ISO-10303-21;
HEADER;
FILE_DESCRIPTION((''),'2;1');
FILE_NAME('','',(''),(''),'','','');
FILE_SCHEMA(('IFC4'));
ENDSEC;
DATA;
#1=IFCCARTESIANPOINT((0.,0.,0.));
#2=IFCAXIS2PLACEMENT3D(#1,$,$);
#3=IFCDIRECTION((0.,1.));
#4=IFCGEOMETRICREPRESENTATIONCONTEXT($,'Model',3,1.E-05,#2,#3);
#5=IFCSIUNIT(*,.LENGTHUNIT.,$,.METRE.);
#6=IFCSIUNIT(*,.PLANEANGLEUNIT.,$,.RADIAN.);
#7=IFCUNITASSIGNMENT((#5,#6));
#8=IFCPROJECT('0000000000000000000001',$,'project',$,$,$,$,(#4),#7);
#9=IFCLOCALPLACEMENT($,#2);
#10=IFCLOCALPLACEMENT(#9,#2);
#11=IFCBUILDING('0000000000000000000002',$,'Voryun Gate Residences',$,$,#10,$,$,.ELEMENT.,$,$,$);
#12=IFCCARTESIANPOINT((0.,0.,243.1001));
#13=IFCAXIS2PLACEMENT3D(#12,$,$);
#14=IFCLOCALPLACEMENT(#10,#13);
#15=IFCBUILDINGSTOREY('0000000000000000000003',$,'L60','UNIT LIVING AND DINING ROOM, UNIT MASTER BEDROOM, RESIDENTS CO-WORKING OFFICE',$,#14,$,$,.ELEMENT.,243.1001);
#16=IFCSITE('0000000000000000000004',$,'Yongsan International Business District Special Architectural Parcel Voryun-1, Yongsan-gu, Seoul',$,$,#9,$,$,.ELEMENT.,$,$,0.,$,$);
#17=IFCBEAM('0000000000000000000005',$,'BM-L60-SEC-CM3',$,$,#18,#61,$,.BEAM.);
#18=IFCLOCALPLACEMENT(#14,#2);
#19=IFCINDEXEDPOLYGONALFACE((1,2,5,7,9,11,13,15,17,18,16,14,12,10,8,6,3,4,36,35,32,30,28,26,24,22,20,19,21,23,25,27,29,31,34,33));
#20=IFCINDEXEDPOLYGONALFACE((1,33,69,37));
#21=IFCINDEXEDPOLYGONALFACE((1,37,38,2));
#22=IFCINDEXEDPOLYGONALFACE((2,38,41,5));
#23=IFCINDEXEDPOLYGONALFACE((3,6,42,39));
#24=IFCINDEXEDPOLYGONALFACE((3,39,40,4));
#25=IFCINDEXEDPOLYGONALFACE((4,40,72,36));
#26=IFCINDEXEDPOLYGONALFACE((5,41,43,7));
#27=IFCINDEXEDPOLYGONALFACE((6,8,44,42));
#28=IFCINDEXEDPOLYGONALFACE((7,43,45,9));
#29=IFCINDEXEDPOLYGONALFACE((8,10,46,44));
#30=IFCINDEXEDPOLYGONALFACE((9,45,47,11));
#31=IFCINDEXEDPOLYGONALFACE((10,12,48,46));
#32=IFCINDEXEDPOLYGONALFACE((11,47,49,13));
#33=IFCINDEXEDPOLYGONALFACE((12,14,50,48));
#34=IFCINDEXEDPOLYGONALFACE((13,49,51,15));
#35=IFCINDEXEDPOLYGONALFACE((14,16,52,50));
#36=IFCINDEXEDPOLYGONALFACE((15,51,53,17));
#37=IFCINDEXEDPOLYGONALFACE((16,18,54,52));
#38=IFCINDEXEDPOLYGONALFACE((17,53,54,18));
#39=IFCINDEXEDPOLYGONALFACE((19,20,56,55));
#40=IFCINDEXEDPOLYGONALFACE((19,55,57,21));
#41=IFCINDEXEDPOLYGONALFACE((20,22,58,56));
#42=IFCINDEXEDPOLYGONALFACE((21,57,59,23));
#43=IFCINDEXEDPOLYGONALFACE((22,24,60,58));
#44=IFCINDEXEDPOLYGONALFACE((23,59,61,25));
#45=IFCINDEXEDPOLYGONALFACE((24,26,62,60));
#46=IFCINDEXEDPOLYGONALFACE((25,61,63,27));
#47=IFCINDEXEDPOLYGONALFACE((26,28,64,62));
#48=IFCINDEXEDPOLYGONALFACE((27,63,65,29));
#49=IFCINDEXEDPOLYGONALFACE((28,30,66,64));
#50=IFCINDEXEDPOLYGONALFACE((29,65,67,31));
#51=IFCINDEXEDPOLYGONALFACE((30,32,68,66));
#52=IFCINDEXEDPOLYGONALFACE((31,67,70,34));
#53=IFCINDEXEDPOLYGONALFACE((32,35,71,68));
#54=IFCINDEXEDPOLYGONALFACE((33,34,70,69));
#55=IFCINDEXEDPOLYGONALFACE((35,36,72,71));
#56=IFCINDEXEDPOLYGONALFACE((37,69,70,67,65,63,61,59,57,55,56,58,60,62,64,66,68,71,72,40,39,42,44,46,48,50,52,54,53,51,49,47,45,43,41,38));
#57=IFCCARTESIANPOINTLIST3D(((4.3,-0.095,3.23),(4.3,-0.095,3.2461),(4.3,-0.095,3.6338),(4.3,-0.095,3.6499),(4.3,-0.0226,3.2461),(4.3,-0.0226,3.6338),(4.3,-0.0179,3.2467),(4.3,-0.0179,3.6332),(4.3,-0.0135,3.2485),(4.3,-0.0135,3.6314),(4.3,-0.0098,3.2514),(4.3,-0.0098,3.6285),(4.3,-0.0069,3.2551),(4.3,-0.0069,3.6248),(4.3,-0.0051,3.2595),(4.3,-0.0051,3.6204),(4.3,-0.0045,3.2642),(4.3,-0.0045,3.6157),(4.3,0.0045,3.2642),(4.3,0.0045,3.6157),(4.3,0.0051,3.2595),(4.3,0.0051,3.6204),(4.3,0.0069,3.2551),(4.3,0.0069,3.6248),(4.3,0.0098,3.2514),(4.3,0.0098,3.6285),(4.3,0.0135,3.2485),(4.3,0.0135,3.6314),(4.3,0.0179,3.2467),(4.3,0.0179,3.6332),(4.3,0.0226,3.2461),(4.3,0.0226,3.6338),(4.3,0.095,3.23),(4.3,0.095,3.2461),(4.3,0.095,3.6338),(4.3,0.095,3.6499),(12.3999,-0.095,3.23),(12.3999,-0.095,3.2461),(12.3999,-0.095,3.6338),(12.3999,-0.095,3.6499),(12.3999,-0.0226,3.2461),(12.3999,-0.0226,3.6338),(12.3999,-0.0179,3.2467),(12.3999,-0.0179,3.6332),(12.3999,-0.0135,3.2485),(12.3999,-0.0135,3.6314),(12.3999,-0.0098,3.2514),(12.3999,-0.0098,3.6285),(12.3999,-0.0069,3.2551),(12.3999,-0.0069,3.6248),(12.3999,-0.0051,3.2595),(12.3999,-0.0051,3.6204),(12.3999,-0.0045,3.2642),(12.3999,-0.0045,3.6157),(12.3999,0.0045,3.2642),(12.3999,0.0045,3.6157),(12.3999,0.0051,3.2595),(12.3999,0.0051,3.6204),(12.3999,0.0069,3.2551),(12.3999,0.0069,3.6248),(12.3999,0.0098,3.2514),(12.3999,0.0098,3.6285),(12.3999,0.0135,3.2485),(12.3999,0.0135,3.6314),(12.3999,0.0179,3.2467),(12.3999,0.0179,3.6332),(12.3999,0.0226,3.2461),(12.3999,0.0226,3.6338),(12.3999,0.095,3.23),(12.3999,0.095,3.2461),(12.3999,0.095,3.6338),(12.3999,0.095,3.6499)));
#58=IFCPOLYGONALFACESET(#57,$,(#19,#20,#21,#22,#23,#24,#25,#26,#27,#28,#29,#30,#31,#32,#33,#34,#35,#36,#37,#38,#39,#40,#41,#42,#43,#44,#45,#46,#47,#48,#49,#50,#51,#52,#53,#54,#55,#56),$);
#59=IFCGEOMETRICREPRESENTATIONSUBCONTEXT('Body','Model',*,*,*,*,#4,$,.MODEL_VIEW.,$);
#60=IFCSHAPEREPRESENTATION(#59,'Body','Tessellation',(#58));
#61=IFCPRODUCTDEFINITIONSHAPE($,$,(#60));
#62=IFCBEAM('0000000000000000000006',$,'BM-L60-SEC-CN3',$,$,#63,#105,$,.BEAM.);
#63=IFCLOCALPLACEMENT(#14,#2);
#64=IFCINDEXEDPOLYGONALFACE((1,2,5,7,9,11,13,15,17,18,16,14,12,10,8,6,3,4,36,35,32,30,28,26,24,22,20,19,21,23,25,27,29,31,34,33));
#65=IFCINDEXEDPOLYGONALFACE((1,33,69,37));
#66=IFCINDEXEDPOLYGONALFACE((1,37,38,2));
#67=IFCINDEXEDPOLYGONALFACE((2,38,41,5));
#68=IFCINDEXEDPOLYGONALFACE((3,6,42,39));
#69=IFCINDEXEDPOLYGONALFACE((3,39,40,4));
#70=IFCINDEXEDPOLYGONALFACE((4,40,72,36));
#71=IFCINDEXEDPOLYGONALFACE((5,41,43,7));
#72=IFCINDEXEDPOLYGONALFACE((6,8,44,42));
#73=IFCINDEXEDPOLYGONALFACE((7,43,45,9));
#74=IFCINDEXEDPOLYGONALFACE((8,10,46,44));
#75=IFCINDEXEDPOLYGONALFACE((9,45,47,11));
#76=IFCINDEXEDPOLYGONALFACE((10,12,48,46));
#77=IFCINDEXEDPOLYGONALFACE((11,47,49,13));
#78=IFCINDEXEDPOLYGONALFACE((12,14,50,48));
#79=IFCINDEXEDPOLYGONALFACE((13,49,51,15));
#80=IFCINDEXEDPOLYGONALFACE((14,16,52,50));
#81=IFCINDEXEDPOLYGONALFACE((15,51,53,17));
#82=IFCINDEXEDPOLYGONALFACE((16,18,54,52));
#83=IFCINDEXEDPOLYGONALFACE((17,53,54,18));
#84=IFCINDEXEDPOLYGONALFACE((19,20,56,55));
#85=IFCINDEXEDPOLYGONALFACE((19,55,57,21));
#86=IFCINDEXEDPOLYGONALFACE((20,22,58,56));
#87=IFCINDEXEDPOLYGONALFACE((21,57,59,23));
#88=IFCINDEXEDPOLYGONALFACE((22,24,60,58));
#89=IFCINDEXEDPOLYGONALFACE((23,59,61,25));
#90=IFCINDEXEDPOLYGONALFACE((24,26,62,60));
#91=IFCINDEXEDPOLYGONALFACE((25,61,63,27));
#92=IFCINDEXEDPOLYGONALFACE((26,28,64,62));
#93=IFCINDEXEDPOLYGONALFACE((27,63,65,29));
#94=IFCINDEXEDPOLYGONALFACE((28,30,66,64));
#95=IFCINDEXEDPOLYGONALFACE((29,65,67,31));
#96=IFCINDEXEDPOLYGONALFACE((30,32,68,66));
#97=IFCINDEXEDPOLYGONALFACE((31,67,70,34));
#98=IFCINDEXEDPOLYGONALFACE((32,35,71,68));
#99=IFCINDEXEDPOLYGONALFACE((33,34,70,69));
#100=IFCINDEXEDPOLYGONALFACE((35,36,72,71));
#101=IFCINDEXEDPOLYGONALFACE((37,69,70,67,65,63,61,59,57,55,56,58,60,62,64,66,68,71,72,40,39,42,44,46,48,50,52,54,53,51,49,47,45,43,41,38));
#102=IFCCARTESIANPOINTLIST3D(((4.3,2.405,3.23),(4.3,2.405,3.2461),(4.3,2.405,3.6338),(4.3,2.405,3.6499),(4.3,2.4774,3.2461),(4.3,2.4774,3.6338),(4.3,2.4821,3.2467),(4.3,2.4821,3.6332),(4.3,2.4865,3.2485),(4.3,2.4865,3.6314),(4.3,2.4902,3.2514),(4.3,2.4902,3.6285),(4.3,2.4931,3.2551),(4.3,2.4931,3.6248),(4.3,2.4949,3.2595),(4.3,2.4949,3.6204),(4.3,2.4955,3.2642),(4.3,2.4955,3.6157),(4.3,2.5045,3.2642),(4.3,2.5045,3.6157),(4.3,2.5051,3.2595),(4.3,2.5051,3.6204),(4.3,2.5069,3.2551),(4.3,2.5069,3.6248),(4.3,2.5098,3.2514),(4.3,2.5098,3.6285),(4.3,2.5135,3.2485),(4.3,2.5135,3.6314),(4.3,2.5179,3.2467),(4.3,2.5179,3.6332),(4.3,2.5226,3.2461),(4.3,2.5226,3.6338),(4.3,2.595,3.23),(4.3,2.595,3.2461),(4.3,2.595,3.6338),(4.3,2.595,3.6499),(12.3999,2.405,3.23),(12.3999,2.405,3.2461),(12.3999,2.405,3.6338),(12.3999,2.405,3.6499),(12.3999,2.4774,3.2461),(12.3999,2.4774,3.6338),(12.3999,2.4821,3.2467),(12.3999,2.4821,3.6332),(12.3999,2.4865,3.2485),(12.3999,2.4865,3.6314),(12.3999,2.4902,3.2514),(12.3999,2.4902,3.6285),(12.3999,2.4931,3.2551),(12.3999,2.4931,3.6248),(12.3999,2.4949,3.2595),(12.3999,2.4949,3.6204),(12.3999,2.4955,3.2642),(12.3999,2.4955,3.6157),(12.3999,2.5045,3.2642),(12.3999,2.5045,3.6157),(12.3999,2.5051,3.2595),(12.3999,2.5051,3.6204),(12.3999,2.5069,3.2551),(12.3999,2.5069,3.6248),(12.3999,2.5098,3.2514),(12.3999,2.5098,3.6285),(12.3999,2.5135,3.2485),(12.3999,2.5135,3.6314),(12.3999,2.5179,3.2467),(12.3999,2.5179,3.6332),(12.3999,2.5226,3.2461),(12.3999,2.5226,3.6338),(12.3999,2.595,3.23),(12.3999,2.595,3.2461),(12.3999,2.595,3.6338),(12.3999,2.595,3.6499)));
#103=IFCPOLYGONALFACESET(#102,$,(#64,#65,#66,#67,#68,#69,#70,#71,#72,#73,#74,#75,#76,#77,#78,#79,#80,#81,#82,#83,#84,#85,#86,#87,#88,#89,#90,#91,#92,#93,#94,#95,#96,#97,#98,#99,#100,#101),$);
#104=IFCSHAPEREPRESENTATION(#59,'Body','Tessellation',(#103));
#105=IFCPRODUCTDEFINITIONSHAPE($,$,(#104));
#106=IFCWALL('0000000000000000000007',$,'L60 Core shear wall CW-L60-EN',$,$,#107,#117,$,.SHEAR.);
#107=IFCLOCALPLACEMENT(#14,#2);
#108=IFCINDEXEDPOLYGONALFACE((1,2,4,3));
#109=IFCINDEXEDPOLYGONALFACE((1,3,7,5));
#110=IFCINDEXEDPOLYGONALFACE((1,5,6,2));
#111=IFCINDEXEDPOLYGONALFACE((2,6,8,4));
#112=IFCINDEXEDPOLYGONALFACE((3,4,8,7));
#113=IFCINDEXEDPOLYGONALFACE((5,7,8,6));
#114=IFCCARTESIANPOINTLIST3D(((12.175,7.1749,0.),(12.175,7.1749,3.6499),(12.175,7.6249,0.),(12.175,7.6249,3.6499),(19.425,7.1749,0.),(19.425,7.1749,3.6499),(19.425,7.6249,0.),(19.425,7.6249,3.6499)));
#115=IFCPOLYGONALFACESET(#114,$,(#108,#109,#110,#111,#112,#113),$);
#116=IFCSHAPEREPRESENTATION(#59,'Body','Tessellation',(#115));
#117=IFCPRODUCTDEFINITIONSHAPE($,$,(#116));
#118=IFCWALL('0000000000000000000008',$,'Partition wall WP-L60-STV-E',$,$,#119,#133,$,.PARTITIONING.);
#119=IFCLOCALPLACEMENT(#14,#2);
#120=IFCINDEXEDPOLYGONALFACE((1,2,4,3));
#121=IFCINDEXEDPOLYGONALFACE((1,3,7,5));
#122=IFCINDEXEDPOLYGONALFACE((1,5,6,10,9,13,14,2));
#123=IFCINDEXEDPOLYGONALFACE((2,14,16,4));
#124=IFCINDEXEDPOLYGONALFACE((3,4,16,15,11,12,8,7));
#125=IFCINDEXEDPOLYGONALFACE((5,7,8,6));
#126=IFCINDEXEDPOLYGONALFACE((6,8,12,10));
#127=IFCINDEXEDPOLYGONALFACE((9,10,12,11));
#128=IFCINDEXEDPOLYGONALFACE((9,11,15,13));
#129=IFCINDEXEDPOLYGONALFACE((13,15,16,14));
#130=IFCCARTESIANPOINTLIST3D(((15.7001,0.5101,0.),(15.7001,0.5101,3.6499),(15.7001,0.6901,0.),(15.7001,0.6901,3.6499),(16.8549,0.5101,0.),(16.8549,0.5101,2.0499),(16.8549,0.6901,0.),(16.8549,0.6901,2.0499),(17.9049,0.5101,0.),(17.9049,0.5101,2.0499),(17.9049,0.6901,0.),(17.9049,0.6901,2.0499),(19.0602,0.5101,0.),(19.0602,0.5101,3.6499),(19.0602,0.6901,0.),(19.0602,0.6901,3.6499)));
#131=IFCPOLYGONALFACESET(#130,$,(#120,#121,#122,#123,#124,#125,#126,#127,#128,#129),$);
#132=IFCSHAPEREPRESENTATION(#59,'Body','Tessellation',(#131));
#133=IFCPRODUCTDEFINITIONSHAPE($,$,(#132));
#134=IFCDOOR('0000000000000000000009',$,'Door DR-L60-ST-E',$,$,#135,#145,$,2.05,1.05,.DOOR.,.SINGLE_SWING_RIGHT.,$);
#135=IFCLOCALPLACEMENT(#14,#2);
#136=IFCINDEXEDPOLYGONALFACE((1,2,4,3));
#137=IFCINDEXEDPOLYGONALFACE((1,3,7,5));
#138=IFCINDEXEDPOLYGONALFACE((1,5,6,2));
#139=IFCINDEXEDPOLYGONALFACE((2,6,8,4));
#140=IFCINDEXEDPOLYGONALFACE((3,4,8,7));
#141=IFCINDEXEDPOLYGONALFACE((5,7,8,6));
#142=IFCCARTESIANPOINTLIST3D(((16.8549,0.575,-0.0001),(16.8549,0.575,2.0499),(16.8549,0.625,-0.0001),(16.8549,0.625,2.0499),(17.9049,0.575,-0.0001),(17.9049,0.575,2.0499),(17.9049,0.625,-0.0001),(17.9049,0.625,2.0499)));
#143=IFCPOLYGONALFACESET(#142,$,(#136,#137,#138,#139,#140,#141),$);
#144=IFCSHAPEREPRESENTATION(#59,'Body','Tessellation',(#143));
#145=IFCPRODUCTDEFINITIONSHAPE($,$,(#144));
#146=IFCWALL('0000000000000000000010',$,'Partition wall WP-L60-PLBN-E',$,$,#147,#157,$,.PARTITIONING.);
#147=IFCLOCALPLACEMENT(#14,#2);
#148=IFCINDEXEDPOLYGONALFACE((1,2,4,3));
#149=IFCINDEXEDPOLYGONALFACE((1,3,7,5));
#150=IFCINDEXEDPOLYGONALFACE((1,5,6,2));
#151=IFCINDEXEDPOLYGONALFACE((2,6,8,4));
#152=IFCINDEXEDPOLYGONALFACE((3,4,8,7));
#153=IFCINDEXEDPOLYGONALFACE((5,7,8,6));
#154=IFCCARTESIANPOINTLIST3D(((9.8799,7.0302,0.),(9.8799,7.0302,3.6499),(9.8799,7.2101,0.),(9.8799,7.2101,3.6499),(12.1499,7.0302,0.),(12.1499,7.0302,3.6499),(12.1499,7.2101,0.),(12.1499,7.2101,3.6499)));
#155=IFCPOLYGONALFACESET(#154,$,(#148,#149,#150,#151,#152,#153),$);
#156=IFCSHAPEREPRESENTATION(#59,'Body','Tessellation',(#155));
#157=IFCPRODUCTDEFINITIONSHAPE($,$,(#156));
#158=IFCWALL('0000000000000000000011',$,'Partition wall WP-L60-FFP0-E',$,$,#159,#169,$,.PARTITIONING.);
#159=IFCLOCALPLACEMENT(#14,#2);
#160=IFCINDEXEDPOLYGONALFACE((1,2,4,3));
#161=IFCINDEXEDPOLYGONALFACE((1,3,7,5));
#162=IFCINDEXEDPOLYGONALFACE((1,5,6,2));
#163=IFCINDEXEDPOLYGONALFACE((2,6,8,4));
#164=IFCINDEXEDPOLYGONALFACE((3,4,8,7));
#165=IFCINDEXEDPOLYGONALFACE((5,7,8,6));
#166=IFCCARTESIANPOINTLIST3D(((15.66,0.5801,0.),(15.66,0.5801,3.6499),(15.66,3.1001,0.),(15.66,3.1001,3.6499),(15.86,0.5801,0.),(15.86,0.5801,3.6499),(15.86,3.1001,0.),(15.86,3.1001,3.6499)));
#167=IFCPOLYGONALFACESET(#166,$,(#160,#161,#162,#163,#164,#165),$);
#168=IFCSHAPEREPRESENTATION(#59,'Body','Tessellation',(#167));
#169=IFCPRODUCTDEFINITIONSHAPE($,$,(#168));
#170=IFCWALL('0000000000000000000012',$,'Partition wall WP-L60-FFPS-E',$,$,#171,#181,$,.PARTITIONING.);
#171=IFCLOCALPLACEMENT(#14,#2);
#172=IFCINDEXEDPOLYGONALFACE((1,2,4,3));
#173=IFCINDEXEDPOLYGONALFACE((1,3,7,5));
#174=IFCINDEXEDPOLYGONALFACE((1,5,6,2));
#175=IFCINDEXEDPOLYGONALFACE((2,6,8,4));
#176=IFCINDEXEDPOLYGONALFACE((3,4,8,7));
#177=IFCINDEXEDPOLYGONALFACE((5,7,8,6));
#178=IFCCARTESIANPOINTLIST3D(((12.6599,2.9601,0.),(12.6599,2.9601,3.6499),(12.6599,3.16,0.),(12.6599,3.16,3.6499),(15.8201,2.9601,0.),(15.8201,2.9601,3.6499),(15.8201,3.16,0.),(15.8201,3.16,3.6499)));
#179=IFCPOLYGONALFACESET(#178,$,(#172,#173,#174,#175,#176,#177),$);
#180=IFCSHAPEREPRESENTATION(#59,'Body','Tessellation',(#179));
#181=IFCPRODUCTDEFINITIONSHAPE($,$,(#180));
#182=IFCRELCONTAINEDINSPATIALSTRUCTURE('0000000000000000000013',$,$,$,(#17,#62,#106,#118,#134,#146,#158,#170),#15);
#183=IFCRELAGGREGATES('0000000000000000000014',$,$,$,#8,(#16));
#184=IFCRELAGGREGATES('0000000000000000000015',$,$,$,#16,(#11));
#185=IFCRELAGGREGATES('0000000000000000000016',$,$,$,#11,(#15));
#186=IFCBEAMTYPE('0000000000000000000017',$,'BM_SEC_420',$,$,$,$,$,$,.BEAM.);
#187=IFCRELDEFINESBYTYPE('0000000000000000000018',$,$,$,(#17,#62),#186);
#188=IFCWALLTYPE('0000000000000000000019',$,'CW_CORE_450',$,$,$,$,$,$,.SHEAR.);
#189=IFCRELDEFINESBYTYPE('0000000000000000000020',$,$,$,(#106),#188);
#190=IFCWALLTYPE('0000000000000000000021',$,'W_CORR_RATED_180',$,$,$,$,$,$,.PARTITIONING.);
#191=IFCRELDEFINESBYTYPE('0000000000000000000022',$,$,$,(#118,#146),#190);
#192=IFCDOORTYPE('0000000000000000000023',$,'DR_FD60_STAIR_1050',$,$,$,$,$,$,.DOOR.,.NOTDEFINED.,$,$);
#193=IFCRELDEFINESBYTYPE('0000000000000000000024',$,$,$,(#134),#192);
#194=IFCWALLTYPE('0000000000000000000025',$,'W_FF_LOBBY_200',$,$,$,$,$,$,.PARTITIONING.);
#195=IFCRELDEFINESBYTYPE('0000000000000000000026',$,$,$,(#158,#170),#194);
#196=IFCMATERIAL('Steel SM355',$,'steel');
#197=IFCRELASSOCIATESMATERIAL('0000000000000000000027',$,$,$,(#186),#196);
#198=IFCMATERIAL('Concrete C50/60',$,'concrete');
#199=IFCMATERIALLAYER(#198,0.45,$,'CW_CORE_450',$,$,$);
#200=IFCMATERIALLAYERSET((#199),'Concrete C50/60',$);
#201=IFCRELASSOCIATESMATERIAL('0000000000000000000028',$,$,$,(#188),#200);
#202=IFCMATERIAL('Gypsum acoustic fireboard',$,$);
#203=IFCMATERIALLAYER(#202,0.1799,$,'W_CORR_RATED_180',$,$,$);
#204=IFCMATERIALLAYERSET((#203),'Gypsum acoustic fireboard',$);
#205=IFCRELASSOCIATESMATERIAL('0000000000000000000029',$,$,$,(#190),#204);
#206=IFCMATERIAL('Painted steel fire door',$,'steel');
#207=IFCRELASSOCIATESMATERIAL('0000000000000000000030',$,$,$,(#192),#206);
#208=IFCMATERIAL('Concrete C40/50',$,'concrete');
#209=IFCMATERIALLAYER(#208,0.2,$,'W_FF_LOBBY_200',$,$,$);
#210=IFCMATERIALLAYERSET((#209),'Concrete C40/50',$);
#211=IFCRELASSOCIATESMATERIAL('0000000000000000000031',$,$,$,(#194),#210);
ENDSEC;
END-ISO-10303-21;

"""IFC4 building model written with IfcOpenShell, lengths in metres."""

from ifc_helpers import new_model, si_unit, direction, frame, frame_2d, origin, origin_2d, place, context, subcontext, project, spatial, rectangle, i_section, extrude, material, layer, layer_set, material_profile, profile_set, type_object, element, fill, save


model = new_model("IFC4")

# Units and contexts
model_context = context("Model", 3, precision=1e-05, world=origin(), true_north=direction((0.0, 1.0)))
body_context = subcontext(model_context, "Body", "Model", "MODEL_VIEW")
ifc_project = project(units=[si_unit("LENGTHUNIT", "METRE"), si_unit("PLANEANGLEUNIT", "RADIAN")], contexts=[model_context])

# Site, building, storey
site_placement = place(None, origin())
site = spatial("IfcSite", under=ifc_project, at=site_placement, Name="Yongsan International Business District Special Architectural Parcel Voryun-1, Yongsan-gu, Seoul", CompositionType="ELEMENT", RefElevation=0.0)
building_placement = place(site_placement, origin())
building = spatial("IfcBuilding", under=site, at=building_placement, Name="Voryun Gate Residences", CompositionType="ELEMENT")
storey_placement = place(building_placement, frame((0.0, 0.0, 243.1001)))
storey = spatial("IfcBuildingStorey", under=building, at=storey_placement, Name="L60", Description="UNIT LIVING AND DINING ROOM, UNIT MASTER BEDROOM, RESIDENTS CO-WORKING OFFICE", CompositionType="ELEMENT", Elevation=243.1001)

# Beams
ifc_material_1 = material(Name="Steel SM355", Category="steel")
ifc_material_profile_1 = material_profile(ifc_material_1, i_section(OverallWidth=0.1899, OverallDepth=0.4199, WebThickness=0.009, FlangeThickness=0.0161, FilletRadius=0.0181, at=origin_2d()), Name="H-420x190x9x16")
ifc_profile_set_1 = profile_set([ifc_material_profile_1], Name="Steel SM355")
beam_type_1 = type_object("IfcBeamType", Name="BM_SEC_420", PredefinedType="BEAM", material=ifc_profile_set_1)
for number, where, z_axis, x_axis, name in (
    (1, (4.3, 0.0, 3.4399), (1.0, 0.0, 0.0), (0.0, 1.0, 0.0), "BM-L60-SEC-CM3"),
    (2, (4.3, 2.5, 3.4399), (1.0, 0.0, 0.0), (0.0, 1.0, 0.0), "BM-L60-SEC-CN3"),
):
    element("IfcBeam", number, at=place(storey_placement, frame(where, z_axis=z_axis, x_axis=x_axis)), inside=storey, type_object=beam_type_1, Name=name, PredefinedType="BEAM", context=body_context, shape_type="SweptSolid", body=[
        extrude(i_section(OverallWidth=0.1899, OverallDepth=0.4199, WebThickness=0.009, FlangeThickness=0.0161, FilletRadius=0.0181, at=origin_2d()), origin(), (0.0, 0.0, 1.0), 8.0999),
    ])

# Wall
ifc_material_2 = material(Name="Concrete C50/60", Category="concrete")
ifc_layer_1 = layer(ifc_material_2, 0.45, Name="CW_CORE_450")
ifc_layer_set_1 = layer_set([ifc_layer_1], Name="Concrete C50/60")
wall_type_1 = type_object("IfcWallType", Name="CW_CORE_450", PredefinedType="SHEAR", material=ifc_layer_set_1)
wall_1_placement = place(storey_placement, frame((12.175, 7.3999, 0.0), z_axis=(0.0, 0.0, 1.0), x_axis=(1.0, 0.0, 0.0)))
element("IfcWall", 3, at=wall_1_placement, inside=storey, type_object=wall_type_1, Name="L60 Core shear wall CW-L60-EN", PredefinedType="SHEAR", context=body_context, shape_type="SweptSolid", body=[
    extrude(rectangle(XDim=7.25, YDim=0.45, at=frame_2d((3.625, 0.0))), origin(), (0.0, 0.0, 1.0), 3.6499),
])

# Wall, opening, door
ifc_material_3 = material(Name="Gypsum acoustic fireboard")
ifc_layer_2 = layer(ifc_material_3, 0.1799, Name="W_CORR_RATED_180")
ifc_layer_set_2 = layer_set([ifc_layer_2], Name="Gypsum acoustic fireboard")
wall_type_2 = type_object("IfcWallType", Name="W_CORR_RATED_180", PredefinedType="PARTITIONING", material=ifc_layer_set_2)
wall_2_placement = place(storey_placement, frame((15.7, 0.6001, 0.0), z_axis=(0.0, 0.0, 1.0), x_axis=(1.0, 0.0, 0.0)))
wall_2 = element("IfcWall", 4, at=wall_2_placement, inside=storey, type_object=wall_type_2, Name="Partition wall WP-L60-STV-E", PredefinedType="PARTITIONING", context=body_context, shape_type="SweptSolid", body=[
    extrude(rectangle(XDim=3.3601, YDim=0.1799, at=frame_2d((1.6802, 0.0))), origin(), (0.0, 0.0, 1.0), 3.6499),
])
opening_placement = place(wall_2_placement, frame((1.155, 0.0, 0.0)))
opening = element("IfcOpeningElement", 5, at=opening_placement, cuts=wall_2, PredefinedType="OPENING", context=body_context, shape_type="SweptSolid", body=[
    extrude(rectangle(XDim=1.05, YDim=2.05, at=frame_2d((0.5249, 1.0249))), frame((0.0, 0.0999, 0.0), z_axis=(0.0, -1.0, 0.0), x_axis=(1.0, 0.0, 0.0)), (0.0, 0.0, 1.0), 0.2),
])
ifc_material_4 = material(Name="Painted steel fire door", Category="steel")
door_type = type_object("IfcDoorType", Name="DR_FD60_STAIR_1050", OperationType="NOTDEFINED", PredefinedType="DOOR", material=ifc_material_4)
door_placement = place(opening_placement, origin())
door = element("IfcDoor", 6, at=door_placement, inside=storey, type_object=door_type, Name="Door DR-L60-ST-E", OperationType="SINGLE_SWING_RIGHT", OverallHeight=2.05, OverallWidth=1.05, PredefinedType="DOOR", context=body_context, shape_type="SweptSolid", body=[
    extrude(rectangle(XDim=1.05, YDim=2.05, at=frame_2d((0.5249, 1.0249))), frame((0.0, 0.0249, 0.0), z_axis=(0.0, -1.0, 0.0), x_axis=(1.0, 0.0, 0.0)), (0.0, 0.0, 1.0), 0.05),
])
fill(opening, door)

# Walls
wall_3_placement = place(storey_placement, frame((9.8799, 7.1201, 0.0), z_axis=(0.0, 0.0, 1.0), x_axis=(1.0, 0.0, 0.0)))
element("IfcWall", 7, at=wall_3_placement, inside=storey, type_object=wall_type_2, Name="Partition wall WP-L60-PLBN-E", PredefinedType="PARTITIONING", context=body_context, shape_type="SweptSolid", body=[
    extrude(rectangle(XDim=2.27, YDim=0.1799, at=frame_2d((1.135, 0.0))), origin(), (0.0, 0.0, 1.0), 3.6499),
])
ifc_material_5 = material(Name="Concrete C40/50", Category="concrete")
ifc_layer_3 = layer(ifc_material_5, 0.2, Name="W_FF_LOBBY_200")
ifc_layer_set_3 = layer_set([ifc_layer_3], Name="Concrete C40/50")
wall_type_3 = type_object("IfcWallType", Name="W_FF_LOBBY_200", PredefinedType="PARTITIONING", material=ifc_layer_set_3)
wall_4_placement = place(storey_placement, frame((15.76, 0.5801, 0.0), z_axis=(0.0, 0.0, 1.0), x_axis=(0.0, 1.0, 0.0)))
element("IfcWall", 8, at=wall_4_placement, inside=storey, type_object=wall_type_3, Name="Partition wall WP-L60-FFP0-E", PredefinedType="PARTITIONING", context=body_context, shape_type="SweptSolid", body=[
    extrude(rectangle(XDim=2.52, YDim=0.2, at=frame_2d((1.26, 0.0))), origin(), (0.0, 0.0, 1.0), 3.6499),
])
wall_5_placement = place(storey_placement, frame((12.6599, 3.0601, 0.0), z_axis=(0.0, 0.0, 1.0), x_axis=(1.0, 0.0, 0.0)))
element("IfcWall", 9, at=wall_5_placement, inside=storey, type_object=wall_type_3, Name="Partition wall WP-L60-FFPS-E", PredefinedType="PARTITIONING", context=body_context, shape_type="SweptSolid", body=[
    extrude(rectangle(XDim=3.1602, YDim=0.2, at=frame_2d((1.5801, 0.0))), origin(), (0.0, 0.0, 1.0), 3.6499),
])

save(model, "model.ifc")
